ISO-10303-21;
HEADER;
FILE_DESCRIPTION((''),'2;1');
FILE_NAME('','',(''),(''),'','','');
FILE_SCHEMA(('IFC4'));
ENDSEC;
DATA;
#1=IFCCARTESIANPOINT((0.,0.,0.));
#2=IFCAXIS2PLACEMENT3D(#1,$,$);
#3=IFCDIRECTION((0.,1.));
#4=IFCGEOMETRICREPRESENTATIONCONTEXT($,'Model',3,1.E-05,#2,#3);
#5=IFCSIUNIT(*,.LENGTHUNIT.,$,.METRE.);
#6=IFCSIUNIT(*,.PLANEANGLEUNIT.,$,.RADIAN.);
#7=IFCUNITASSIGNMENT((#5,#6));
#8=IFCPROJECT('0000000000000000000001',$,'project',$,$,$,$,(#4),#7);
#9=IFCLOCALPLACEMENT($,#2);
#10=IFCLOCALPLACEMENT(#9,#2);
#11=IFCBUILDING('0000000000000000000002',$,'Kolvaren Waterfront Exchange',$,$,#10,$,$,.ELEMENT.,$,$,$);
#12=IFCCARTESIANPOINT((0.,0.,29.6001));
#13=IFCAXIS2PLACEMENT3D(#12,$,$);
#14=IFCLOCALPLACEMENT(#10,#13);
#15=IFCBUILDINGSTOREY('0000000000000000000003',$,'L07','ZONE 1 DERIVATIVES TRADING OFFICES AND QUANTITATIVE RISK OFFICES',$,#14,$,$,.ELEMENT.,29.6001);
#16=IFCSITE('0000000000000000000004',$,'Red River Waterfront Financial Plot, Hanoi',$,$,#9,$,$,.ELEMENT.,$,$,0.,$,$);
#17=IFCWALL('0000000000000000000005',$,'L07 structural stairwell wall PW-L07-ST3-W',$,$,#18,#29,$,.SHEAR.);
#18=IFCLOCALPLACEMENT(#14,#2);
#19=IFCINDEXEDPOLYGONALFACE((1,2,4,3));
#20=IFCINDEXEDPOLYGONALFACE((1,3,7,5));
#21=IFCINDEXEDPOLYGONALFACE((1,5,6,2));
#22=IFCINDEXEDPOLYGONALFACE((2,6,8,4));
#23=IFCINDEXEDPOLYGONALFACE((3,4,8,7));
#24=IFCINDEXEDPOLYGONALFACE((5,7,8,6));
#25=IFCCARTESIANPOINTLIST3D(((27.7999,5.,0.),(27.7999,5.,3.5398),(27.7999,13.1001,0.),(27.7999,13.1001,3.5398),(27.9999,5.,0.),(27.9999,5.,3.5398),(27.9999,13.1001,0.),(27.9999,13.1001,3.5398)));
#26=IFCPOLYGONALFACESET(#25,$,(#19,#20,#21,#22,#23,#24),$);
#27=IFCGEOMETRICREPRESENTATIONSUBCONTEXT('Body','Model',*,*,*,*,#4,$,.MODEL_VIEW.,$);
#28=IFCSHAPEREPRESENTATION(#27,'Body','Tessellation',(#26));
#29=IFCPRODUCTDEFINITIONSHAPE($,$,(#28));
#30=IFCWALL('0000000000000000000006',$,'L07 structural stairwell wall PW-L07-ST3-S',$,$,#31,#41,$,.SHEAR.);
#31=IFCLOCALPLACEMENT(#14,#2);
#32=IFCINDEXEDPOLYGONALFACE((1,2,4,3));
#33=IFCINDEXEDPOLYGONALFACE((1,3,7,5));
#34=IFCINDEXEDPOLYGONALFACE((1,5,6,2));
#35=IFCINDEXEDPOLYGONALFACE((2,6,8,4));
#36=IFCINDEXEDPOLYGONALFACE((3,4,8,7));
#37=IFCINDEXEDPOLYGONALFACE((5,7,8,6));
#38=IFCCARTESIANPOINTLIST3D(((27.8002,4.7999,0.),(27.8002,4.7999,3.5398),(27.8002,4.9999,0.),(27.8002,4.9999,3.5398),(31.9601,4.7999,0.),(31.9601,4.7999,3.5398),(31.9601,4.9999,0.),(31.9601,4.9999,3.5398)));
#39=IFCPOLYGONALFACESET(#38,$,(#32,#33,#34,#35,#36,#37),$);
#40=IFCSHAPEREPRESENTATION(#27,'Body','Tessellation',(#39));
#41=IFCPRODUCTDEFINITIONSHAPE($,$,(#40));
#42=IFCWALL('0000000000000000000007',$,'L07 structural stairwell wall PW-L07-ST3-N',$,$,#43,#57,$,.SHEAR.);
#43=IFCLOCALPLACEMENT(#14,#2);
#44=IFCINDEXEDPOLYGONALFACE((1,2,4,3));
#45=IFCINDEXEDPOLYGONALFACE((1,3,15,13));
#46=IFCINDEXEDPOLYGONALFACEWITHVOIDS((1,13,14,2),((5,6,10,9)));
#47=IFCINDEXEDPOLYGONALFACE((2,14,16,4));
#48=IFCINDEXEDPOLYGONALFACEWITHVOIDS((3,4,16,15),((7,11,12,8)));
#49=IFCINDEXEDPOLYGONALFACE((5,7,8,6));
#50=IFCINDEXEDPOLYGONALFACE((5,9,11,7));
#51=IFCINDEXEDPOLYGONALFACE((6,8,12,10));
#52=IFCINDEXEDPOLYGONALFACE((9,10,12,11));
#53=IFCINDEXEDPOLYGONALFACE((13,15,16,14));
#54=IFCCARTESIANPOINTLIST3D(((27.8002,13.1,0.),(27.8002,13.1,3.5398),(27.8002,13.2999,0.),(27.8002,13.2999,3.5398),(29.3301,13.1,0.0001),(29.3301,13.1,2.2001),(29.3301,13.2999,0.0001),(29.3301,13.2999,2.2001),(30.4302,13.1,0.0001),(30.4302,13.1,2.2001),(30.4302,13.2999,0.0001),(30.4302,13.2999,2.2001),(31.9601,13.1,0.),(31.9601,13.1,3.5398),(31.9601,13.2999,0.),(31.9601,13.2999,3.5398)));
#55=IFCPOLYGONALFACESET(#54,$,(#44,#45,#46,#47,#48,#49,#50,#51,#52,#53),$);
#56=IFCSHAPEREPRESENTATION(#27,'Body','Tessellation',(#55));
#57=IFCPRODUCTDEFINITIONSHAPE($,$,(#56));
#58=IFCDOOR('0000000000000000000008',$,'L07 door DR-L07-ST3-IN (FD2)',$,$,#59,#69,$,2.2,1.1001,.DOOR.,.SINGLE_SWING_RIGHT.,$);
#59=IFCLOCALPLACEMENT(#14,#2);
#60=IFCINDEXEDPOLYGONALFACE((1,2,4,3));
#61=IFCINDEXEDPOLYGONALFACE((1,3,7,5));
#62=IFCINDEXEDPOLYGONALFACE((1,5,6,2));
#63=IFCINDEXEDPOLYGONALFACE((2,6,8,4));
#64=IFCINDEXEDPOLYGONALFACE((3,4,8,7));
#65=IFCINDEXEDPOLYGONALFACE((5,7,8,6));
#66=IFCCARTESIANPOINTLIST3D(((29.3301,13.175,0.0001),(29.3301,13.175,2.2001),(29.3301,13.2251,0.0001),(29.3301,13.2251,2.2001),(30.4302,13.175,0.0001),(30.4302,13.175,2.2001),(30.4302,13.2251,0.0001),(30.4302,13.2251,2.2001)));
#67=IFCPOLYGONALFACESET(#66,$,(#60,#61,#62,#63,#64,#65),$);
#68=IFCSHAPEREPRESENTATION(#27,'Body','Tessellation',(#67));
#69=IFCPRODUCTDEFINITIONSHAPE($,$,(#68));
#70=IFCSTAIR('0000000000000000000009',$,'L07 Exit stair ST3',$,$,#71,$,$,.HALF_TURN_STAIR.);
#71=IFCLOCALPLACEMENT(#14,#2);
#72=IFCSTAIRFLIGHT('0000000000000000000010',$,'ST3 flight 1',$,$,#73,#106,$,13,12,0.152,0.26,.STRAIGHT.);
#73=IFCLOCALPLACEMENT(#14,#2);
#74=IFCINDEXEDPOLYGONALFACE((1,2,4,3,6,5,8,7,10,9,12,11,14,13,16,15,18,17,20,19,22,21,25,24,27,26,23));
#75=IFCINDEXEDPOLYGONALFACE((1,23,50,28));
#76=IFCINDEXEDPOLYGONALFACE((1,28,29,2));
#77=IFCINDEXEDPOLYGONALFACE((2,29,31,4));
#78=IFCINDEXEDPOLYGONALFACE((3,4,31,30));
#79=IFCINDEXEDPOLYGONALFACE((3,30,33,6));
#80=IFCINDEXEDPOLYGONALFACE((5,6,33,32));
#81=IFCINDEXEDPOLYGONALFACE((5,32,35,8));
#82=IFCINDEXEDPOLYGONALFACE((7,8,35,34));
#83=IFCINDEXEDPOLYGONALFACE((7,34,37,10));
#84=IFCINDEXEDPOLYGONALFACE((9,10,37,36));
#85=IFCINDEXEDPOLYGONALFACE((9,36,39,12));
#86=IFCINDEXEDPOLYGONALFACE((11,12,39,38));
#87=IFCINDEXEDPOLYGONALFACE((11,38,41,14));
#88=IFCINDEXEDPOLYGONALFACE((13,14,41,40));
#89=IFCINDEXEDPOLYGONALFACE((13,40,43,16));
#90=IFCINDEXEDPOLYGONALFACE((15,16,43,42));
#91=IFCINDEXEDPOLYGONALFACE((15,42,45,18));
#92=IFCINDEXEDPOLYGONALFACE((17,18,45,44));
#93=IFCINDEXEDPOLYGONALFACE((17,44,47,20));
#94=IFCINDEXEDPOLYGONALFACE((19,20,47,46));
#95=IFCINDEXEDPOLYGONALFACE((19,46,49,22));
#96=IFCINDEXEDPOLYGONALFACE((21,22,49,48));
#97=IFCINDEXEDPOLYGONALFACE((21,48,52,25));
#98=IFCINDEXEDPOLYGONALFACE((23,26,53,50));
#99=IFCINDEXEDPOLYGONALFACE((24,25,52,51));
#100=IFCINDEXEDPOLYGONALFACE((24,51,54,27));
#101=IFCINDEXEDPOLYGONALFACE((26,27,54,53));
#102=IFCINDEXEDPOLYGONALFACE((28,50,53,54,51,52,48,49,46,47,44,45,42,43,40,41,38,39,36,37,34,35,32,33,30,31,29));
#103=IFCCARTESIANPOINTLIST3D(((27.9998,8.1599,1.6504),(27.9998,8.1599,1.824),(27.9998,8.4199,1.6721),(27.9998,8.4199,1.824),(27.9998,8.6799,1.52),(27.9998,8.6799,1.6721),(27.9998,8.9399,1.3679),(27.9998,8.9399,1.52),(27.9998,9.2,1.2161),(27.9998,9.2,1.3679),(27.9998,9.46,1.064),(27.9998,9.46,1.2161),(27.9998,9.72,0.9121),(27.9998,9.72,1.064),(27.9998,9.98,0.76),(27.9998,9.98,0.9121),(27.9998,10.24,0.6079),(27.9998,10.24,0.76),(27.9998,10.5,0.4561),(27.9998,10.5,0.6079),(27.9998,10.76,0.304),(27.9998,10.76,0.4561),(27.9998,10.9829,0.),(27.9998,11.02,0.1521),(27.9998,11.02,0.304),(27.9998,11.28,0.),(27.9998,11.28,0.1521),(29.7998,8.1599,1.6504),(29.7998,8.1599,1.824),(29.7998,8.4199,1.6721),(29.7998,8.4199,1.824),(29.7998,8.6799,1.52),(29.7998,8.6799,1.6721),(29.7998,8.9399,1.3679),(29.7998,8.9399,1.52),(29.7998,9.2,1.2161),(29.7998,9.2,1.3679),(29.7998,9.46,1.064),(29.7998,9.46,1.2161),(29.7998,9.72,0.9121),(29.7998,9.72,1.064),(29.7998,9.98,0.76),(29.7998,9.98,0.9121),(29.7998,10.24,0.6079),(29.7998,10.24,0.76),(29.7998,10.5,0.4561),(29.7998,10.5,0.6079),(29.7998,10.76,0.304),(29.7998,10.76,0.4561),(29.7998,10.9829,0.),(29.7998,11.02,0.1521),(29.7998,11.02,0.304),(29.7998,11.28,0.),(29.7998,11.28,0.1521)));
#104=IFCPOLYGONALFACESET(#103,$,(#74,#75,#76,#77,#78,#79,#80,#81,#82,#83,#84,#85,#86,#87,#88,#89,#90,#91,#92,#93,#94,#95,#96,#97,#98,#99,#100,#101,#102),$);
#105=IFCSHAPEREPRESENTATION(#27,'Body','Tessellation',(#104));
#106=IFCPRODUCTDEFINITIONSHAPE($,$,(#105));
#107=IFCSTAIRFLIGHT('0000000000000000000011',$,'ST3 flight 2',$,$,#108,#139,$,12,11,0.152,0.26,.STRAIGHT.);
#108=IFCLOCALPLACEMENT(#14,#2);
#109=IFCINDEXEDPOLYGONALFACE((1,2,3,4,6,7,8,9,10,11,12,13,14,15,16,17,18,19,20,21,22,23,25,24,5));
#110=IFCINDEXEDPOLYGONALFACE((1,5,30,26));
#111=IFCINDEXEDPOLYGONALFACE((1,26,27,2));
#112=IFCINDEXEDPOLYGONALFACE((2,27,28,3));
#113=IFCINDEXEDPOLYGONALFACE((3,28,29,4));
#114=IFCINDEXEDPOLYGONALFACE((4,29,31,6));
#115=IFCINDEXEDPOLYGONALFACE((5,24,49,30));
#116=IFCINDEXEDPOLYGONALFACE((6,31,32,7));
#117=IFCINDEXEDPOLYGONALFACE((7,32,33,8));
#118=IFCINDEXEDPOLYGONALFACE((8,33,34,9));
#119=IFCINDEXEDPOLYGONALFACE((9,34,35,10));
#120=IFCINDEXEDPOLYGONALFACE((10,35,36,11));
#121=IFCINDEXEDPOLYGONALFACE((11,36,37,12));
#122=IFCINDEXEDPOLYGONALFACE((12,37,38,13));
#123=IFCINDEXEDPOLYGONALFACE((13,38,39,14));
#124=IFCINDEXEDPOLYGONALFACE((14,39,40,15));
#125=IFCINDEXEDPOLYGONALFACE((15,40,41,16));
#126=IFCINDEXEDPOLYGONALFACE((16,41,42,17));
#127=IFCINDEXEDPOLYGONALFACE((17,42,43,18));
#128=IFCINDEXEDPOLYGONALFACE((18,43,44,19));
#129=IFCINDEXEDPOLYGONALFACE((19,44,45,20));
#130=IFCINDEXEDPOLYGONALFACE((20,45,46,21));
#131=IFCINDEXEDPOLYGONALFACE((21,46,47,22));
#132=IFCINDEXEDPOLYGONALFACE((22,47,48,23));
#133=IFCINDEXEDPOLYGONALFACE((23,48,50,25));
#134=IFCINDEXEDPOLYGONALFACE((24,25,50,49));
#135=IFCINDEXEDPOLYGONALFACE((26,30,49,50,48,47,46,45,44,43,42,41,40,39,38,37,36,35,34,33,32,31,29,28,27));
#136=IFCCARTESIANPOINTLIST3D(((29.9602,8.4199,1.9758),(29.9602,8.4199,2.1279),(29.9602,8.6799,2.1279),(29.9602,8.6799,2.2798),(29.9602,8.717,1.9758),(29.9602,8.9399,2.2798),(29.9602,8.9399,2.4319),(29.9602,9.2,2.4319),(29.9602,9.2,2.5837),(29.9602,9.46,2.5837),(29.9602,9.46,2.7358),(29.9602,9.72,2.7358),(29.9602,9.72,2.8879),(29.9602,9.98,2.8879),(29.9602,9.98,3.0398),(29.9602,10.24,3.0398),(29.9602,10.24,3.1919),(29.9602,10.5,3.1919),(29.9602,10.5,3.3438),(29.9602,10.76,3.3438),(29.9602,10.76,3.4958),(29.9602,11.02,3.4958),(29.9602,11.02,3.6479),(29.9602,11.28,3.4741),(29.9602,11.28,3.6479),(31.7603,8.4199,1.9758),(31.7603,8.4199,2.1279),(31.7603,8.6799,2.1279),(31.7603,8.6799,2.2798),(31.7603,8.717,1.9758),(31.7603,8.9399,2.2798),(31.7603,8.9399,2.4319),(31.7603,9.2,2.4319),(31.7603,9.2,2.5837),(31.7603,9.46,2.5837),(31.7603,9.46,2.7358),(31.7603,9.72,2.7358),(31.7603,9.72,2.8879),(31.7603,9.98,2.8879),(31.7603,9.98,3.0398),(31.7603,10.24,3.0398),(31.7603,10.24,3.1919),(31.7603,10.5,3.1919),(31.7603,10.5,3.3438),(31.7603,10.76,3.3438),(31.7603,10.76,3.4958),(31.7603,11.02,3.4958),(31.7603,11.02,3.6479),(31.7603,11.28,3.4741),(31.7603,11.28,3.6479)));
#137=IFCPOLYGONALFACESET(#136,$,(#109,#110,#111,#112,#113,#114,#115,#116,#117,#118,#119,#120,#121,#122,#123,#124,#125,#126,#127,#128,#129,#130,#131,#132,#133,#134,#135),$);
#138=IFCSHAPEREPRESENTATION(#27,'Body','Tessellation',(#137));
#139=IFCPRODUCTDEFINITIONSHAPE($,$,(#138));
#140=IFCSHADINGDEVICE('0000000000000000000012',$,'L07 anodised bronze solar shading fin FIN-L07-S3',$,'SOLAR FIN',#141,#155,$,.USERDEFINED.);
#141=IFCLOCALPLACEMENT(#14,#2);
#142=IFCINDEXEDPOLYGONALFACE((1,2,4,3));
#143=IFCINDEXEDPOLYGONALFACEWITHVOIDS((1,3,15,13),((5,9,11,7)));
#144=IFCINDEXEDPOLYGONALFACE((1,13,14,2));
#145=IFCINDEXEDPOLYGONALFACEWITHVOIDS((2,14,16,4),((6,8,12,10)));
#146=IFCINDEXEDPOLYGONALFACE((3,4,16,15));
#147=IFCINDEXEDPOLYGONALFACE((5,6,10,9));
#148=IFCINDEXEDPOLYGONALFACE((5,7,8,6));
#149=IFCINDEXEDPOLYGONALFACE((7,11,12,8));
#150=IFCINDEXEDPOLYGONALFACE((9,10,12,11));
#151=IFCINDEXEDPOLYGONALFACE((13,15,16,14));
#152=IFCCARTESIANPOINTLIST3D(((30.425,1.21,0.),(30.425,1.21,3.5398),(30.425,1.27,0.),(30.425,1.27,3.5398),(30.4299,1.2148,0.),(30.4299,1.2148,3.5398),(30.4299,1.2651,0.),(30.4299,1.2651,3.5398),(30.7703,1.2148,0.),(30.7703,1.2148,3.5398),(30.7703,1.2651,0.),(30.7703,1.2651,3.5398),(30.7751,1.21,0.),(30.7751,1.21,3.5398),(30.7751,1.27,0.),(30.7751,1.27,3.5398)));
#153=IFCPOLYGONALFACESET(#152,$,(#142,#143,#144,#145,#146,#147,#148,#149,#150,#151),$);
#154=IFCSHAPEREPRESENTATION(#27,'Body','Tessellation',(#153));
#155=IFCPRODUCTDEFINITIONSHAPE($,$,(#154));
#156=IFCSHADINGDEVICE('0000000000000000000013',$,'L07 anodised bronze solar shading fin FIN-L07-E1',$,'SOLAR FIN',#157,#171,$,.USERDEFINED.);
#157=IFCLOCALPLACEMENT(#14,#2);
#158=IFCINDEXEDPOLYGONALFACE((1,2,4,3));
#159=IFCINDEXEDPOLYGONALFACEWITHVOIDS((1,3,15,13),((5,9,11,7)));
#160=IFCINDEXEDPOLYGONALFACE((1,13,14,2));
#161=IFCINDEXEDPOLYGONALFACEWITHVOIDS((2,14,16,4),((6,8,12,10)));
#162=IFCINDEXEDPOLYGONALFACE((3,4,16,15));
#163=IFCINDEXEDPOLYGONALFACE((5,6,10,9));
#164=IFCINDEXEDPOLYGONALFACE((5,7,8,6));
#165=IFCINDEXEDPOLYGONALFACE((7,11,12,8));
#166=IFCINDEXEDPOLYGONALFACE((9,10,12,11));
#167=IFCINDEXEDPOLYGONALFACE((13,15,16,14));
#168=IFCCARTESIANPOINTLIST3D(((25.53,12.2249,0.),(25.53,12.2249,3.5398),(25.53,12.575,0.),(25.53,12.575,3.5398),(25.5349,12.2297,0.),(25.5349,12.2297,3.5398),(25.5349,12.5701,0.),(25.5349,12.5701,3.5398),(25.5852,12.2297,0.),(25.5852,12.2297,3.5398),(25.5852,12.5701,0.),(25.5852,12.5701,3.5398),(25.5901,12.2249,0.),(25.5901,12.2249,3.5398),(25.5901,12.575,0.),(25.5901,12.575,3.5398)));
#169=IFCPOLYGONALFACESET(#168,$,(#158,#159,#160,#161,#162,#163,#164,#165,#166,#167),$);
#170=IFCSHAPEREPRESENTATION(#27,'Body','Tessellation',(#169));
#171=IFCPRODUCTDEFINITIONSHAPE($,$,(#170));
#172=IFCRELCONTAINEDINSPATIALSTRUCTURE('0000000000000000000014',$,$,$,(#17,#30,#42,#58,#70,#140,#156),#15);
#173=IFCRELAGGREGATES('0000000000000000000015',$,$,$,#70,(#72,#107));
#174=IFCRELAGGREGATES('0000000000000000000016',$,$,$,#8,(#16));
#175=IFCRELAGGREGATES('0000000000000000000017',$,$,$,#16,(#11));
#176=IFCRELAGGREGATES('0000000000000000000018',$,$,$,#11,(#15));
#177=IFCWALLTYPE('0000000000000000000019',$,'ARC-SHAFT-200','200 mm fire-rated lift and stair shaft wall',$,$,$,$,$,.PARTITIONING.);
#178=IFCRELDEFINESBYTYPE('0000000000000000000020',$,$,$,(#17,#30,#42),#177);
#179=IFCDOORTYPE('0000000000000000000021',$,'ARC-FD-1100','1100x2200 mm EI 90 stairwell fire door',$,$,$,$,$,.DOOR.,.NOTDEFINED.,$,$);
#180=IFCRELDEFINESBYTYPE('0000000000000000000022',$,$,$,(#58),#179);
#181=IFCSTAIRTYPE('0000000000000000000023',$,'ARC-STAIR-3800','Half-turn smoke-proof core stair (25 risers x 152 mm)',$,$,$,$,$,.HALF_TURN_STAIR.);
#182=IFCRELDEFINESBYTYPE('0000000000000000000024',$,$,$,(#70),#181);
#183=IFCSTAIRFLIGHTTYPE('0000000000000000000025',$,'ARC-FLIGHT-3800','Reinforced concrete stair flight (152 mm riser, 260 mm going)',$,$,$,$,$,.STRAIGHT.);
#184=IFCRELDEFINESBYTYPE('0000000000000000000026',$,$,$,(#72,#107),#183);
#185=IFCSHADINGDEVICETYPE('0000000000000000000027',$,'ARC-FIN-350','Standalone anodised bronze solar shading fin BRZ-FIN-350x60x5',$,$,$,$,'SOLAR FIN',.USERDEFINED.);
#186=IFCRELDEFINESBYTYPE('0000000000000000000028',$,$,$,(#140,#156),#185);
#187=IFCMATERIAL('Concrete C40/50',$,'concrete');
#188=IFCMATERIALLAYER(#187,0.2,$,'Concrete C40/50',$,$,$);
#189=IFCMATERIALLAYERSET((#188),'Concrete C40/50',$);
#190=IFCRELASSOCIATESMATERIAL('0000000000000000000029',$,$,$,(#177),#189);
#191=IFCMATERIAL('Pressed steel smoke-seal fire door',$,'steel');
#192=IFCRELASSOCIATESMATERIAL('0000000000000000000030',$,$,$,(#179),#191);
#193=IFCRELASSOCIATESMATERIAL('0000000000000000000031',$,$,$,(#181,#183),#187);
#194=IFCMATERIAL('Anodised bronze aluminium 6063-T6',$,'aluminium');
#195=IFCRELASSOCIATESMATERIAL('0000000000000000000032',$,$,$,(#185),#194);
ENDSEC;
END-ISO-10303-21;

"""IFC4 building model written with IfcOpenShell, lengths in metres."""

from ifc_helpers import new_model, si_unit, direction, frame, frame_2d, origin, origin_2d, place, context, subcontext, project, spatial, polyline, rectangle, hollow_rectangle, outline, extrude, material, layer, layer_set, material_profile, profile_set, type_object, element, fill, aggregate, save


model = new_model("IFC4")

# Units and contexts
model_context = context("Model", 3, precision=1e-05, world=origin(), true_north=direction((0.0, 1.0)))
body_context = subcontext(model_context, "Body", "Model", "MODEL_VIEW")
ifc_project = project(units=[si_unit("LENGTHUNIT", "METRE"), si_unit("PLANEANGLEUNIT", "RADIAN")], contexts=[model_context])

# Site, building, storey
site_placement = place(None, origin())
site = spatial("IfcSite", under=ifc_project, at=site_placement, Name="Red River Waterfront Financial Plot, Hanoi", CompositionType="ELEMENT", RefElevation=0.0)
building_placement = place(site_placement, origin())
building = spatial("IfcBuilding", under=site, at=building_placement, Name="Kolvaren Waterfront Exchange", CompositionType="ELEMENT")
storey_placement = place(building_placement, frame((0.0, 0.0, 29.6001)))
storey = spatial("IfcBuildingStorey", under=building, at=storey_placement, Name="L07", Description="ZONE 1 DERIVATIVES TRADING OFFICES AND QUANTITATIVE RISK OFFICES", CompositionType="ELEMENT", Elevation=29.6001)

# Shared definitions
ifc_material_1 = material(Name="Anodised bronze aluminium 6063-T6", Category="aluminium")

# Walls
ifc_material_2 = material(Name="Concrete C40/50", Category="concrete")
ifc_layer_1 = layer(ifc_material_2, 0.2, Name="Concrete C40/50")
ifc_layer_set_1 = layer_set([ifc_layer_1], Name="Concrete C40/50")
wall_type = type_object("IfcWallType", Name="ARC-SHAFT-200", Description="200 mm fire-rated lift and stair shaft wall", PredefinedType="PARTITIONING", material=ifc_layer_set_1)
wall_1_placement = place(storey_placement, frame((27.8999, 5.0, 0.0), z_axis=(0.0, 0.0, 1.0), x_axis=(0.0, 1.0, 0.0)))
element("IfcWall", 1, at=wall_1_placement, inside=storey, type_object=wall_type, Name="L07 structural stairwell wall PW-L07-ST3-W", PredefinedType="SHEAR", context=body_context, shape_type="SweptSolid", body=[
    extrude(rectangle(XDim=8.1001, YDim=0.2, at=frame_2d((4.05, 0.0))), origin(), (0.0, 0.0, 1.0), 3.5398),
])
wall_2_placement = place(storey_placement, frame((27.8, 4.8999, 0.0), z_axis=(0.0, 0.0, 1.0), x_axis=(1.0, 0.0, 0.0)))
element("IfcWall", 2, at=wall_2_placement, inside=storey, type_object=wall_type, Name="L07 structural stairwell wall PW-L07-ST3-S", PredefinedType="SHEAR", context=body_context, shape_type="SweptSolid", body=[
    extrude(rectangle(XDim=4.1599, YDim=0.2, at=frame_2d((2.0801, 0.0))), origin(), (0.0, 0.0, 1.0), 3.5398),
])

# Wall, opening, door
wall_3_placement = place(storey_placement, frame((27.8, 13.2, 0.0), z_axis=(0.0, 0.0, 1.0), x_axis=(1.0, 0.0, 0.0)))
wall_3 = element("IfcWall", 3, at=wall_3_placement, inside=storey, type_object=wall_type, Name="L07 structural stairwell wall PW-L07-ST3-N", PredefinedType="SHEAR", context=body_context, shape_type="SweptSolid", body=[
    extrude(rectangle(XDim=4.1599, YDim=0.2, at=frame_2d((2.0801, 0.0))), origin(), (0.0, 0.0, 1.0), 3.5398),
])
opening_placement = place(wall_3_placement, frame((1.53, 0.0, 0.0)))
opening = element("IfcOpeningElement", 4, at=opening_placement, cuts=wall_3, PredefinedType="OPENING", context=body_context, shape_type="SweptSolid", body=[
    extrude(rectangle(XDim=1.1001, YDim=2.2, at=frame_2d((0.55, 1.1001))), frame((0.0, 0.1099, 0.0), z_axis=(0.0, -1.0, 0.0), x_axis=(1.0, 0.0, 0.0)), (0.0, 0.0, 1.0), 0.22),
])
ifc_material_3 = material(Name="Pressed steel smoke-seal fire door", Category="steel")
door_type = type_object("IfcDoorType", Name="ARC-FD-1100", Description="1100x2200 mm EI 90 stairwell fire door", OperationType="NOTDEFINED", PredefinedType="DOOR", material=ifc_material_3)
door_placement = place(opening_placement, frame((1.1001, 0.0, 0.0), z_axis=(0.0, 0.0, 1.0), x_axis=(-1.0, 0.0, 0.0)))
door = element("IfcDoor", 5, at=door_placement, inside=storey, type_object=door_type, Name="L07 door DR-L07-ST3-IN (FD2)", OperationType="SINGLE_SWING_RIGHT", OverallHeight=2.2, OverallWidth=1.1001, PredefinedType="DOOR", context=body_context, shape_type="SweptSolid", body=[
    extrude(rectangle(XDim=1.1001, YDim=2.2, at=frame_2d((0.55, 1.1001))), frame((0.0, 0.0249, 0.0), z_axis=(0.0, -1.0, 0.0), x_axis=(1.0, 0.0, 0.0)), (0.0, 0.0, 1.0), 0.05),
])
fill(opening, door)

# Stair, stair flights
stair_type = type_object("IfcStairType", Name="ARC-STAIR-3800", Description="Half-turn smoke-proof core stair (25 risers x 152 mm)", PredefinedType="HALF_TURN_STAIR", material=ifc_material_2)
stair_placement = place(storey_placement, origin())
stair = element("IfcStair", 6, at=stair_placement, inside=storey, type_object=stair_type, Name="L07 Exit stair ST3", PredefinedType="HALF_TURN_STAIR")
stair_flight_type = type_object("IfcStairFlightType", Name="ARC-FLIGHT-3800", Description="Reinforced concrete stair flight (152 mm riser, 260 mm going)", PredefinedType="STRAIGHT", material=ifc_material_2)
stair_flight_1_placement = place(storey_placement, frame((28.8999, 11.28, 0.0), z_axis=(0.0, 0.0, 1.0), x_axis=(0.0, -1.0, 0.0)))
stair_flight_1 = element("IfcStairFlight", 7, at=stair_flight_1_placement, type_object=stair_flight_type, Name="ST3 flight 1", NumberOfRisers=13, NumberOfTreads=12, PredefinedType="STRAIGHT", RiserHeight=0.152, TreadLength=0.26, context=body_context, shape_type="SweptSolid", body=[
    extrude(outline(polyline([(0.0, 0.0), (0.0, 0.1521), (0.26, 0.1521), (0.26, 0.304), (0.52, 0.304), (0.52, 0.4561), (0.78, 0.4561), (0.78, 0.6079), (1.04, 0.6079), (1.04, 0.76), (1.3, 0.76), (1.3, 0.9121), (1.5601, 0.9121), (1.5601, 1.064), (1.8201, 1.064), (1.8201, 1.2161), (2.0801, 1.2161), (2.0801, 1.3679), (2.3401, 1.3679), (2.3401, 1.52), (2.6001, 1.52), (2.6001, 1.6721), (2.8601, 1.6721), (2.8601, 1.824), (3.1201, 1.824), (3.1201, 1.9761), (3.1201, 1.6504), (0.2971, 0.0), (0.0, 0.0)])), frame((0.0, 0.8999, 0.0), z_axis=(0.0, -1.0, 0.0), x_axis=(1.0, 0.0, 0.0)), (0.0, 0.0, 1.0), 1.8),
])
stair_flight_2_placement = place(storey_placement, frame((30.8601, 8.4199, 1.9758), z_axis=(0.0, 0.0, 1.0), x_axis=(0.0, 1.0, 0.0)))
stair_flight_2 = element("IfcStairFlight", 8, at=stair_flight_2_placement, type_object=stair_flight_type, Name="ST3 flight 2", NumberOfRisers=12, NumberOfTreads=11, PredefinedType="STRAIGHT", RiserHeight=0.152, TreadLength=0.26, context=body_context, shape_type="SweptSolid", body=[
    extrude(outline(polyline([(0.0, 0.0), (0.0, 0.1521), (0.26, 0.1521), (0.26, 0.304), (0.52, 0.304), (0.52, 0.4561), (0.78, 0.4561), (0.78, 0.6079), (1.04, 0.6079), (1.04, 0.76), (1.3, 0.76), (1.3, 0.9121), (1.5601, 0.9121), (1.5601, 1.064), (1.8201, 1.064), (1.8201, 1.2161), (2.0801, 1.2161), (2.0801, 1.3679), (2.3401, 1.3679), (2.3401, 1.52), (2.6001, 1.52), (2.6001, 1.6721), (2.8601, 1.6721), (2.8601, 1.824), (2.8601, 1.4983), (0.2971, 0.0), (0.0, 0.0)])), frame((0.0, 0.8999, 0.0), z_axis=(0.0, -1.0, 0.0), x_axis=(1.0, 0.0, 0.0)), (0.0, 0.0, 1.0), 1.8),
])
aggregate(stair, [stair_flight_1, stair_flight_2])

# Shading devices
ifc_material_profile_1 = material_profile(ifc_material_1, hollow_rectangle(XDim=0.0601, YDim=0.3501, WallThickness=0.0049, at=origin_2d()), Name="BRZ-FIN-350x60x5")
ifc_profile_set_1 = profile_set([ifc_material_profile_1], Name="Anodised bronze aluminium 6063-T6")
shading_device_type = type_object("IfcShadingDeviceType", Name="ARC-FIN-350", Description="Standalone anodised bronze solar shading fin BRZ-FIN-350x60x5", ElementType="SOLAR FIN", PredefinedType="USERDEFINED", material=ifc_profile_set_1)
for number, where, z_axis, x_axis, name in (
    (9, (30.6001, 1.24, 0.0), (0.0, 0.0, 1.0), (0.0, -1.0, 0.0), "L07 anodised bronze solar shading fin FIN-L07-S3"),
    (10, (25.5601, 12.3999, 0.0), (0.0, 0.0, 1.0), (1.0, 0.0, 0.0), "L07 anodised bronze solar shading fin FIN-L07-E1"),
):
    element("IfcShadingDevice", number, at=place(storey_placement, frame(where, z_axis=z_axis, x_axis=x_axis)), inside=storey, type_object=shading_device_type, Name=name, ObjectType="SOLAR FIN", PredefinedType="USERDEFINED", context=body_context, shape_type="SweptSolid", body=[
        extrude(hollow_rectangle(XDim=0.0601, YDim=0.3501, WallThickness=0.0049, at=origin_2d()), origin(), (0.0, 0.0, 1.0), 3.5398),
    ])

save(model, "model.ifc")
